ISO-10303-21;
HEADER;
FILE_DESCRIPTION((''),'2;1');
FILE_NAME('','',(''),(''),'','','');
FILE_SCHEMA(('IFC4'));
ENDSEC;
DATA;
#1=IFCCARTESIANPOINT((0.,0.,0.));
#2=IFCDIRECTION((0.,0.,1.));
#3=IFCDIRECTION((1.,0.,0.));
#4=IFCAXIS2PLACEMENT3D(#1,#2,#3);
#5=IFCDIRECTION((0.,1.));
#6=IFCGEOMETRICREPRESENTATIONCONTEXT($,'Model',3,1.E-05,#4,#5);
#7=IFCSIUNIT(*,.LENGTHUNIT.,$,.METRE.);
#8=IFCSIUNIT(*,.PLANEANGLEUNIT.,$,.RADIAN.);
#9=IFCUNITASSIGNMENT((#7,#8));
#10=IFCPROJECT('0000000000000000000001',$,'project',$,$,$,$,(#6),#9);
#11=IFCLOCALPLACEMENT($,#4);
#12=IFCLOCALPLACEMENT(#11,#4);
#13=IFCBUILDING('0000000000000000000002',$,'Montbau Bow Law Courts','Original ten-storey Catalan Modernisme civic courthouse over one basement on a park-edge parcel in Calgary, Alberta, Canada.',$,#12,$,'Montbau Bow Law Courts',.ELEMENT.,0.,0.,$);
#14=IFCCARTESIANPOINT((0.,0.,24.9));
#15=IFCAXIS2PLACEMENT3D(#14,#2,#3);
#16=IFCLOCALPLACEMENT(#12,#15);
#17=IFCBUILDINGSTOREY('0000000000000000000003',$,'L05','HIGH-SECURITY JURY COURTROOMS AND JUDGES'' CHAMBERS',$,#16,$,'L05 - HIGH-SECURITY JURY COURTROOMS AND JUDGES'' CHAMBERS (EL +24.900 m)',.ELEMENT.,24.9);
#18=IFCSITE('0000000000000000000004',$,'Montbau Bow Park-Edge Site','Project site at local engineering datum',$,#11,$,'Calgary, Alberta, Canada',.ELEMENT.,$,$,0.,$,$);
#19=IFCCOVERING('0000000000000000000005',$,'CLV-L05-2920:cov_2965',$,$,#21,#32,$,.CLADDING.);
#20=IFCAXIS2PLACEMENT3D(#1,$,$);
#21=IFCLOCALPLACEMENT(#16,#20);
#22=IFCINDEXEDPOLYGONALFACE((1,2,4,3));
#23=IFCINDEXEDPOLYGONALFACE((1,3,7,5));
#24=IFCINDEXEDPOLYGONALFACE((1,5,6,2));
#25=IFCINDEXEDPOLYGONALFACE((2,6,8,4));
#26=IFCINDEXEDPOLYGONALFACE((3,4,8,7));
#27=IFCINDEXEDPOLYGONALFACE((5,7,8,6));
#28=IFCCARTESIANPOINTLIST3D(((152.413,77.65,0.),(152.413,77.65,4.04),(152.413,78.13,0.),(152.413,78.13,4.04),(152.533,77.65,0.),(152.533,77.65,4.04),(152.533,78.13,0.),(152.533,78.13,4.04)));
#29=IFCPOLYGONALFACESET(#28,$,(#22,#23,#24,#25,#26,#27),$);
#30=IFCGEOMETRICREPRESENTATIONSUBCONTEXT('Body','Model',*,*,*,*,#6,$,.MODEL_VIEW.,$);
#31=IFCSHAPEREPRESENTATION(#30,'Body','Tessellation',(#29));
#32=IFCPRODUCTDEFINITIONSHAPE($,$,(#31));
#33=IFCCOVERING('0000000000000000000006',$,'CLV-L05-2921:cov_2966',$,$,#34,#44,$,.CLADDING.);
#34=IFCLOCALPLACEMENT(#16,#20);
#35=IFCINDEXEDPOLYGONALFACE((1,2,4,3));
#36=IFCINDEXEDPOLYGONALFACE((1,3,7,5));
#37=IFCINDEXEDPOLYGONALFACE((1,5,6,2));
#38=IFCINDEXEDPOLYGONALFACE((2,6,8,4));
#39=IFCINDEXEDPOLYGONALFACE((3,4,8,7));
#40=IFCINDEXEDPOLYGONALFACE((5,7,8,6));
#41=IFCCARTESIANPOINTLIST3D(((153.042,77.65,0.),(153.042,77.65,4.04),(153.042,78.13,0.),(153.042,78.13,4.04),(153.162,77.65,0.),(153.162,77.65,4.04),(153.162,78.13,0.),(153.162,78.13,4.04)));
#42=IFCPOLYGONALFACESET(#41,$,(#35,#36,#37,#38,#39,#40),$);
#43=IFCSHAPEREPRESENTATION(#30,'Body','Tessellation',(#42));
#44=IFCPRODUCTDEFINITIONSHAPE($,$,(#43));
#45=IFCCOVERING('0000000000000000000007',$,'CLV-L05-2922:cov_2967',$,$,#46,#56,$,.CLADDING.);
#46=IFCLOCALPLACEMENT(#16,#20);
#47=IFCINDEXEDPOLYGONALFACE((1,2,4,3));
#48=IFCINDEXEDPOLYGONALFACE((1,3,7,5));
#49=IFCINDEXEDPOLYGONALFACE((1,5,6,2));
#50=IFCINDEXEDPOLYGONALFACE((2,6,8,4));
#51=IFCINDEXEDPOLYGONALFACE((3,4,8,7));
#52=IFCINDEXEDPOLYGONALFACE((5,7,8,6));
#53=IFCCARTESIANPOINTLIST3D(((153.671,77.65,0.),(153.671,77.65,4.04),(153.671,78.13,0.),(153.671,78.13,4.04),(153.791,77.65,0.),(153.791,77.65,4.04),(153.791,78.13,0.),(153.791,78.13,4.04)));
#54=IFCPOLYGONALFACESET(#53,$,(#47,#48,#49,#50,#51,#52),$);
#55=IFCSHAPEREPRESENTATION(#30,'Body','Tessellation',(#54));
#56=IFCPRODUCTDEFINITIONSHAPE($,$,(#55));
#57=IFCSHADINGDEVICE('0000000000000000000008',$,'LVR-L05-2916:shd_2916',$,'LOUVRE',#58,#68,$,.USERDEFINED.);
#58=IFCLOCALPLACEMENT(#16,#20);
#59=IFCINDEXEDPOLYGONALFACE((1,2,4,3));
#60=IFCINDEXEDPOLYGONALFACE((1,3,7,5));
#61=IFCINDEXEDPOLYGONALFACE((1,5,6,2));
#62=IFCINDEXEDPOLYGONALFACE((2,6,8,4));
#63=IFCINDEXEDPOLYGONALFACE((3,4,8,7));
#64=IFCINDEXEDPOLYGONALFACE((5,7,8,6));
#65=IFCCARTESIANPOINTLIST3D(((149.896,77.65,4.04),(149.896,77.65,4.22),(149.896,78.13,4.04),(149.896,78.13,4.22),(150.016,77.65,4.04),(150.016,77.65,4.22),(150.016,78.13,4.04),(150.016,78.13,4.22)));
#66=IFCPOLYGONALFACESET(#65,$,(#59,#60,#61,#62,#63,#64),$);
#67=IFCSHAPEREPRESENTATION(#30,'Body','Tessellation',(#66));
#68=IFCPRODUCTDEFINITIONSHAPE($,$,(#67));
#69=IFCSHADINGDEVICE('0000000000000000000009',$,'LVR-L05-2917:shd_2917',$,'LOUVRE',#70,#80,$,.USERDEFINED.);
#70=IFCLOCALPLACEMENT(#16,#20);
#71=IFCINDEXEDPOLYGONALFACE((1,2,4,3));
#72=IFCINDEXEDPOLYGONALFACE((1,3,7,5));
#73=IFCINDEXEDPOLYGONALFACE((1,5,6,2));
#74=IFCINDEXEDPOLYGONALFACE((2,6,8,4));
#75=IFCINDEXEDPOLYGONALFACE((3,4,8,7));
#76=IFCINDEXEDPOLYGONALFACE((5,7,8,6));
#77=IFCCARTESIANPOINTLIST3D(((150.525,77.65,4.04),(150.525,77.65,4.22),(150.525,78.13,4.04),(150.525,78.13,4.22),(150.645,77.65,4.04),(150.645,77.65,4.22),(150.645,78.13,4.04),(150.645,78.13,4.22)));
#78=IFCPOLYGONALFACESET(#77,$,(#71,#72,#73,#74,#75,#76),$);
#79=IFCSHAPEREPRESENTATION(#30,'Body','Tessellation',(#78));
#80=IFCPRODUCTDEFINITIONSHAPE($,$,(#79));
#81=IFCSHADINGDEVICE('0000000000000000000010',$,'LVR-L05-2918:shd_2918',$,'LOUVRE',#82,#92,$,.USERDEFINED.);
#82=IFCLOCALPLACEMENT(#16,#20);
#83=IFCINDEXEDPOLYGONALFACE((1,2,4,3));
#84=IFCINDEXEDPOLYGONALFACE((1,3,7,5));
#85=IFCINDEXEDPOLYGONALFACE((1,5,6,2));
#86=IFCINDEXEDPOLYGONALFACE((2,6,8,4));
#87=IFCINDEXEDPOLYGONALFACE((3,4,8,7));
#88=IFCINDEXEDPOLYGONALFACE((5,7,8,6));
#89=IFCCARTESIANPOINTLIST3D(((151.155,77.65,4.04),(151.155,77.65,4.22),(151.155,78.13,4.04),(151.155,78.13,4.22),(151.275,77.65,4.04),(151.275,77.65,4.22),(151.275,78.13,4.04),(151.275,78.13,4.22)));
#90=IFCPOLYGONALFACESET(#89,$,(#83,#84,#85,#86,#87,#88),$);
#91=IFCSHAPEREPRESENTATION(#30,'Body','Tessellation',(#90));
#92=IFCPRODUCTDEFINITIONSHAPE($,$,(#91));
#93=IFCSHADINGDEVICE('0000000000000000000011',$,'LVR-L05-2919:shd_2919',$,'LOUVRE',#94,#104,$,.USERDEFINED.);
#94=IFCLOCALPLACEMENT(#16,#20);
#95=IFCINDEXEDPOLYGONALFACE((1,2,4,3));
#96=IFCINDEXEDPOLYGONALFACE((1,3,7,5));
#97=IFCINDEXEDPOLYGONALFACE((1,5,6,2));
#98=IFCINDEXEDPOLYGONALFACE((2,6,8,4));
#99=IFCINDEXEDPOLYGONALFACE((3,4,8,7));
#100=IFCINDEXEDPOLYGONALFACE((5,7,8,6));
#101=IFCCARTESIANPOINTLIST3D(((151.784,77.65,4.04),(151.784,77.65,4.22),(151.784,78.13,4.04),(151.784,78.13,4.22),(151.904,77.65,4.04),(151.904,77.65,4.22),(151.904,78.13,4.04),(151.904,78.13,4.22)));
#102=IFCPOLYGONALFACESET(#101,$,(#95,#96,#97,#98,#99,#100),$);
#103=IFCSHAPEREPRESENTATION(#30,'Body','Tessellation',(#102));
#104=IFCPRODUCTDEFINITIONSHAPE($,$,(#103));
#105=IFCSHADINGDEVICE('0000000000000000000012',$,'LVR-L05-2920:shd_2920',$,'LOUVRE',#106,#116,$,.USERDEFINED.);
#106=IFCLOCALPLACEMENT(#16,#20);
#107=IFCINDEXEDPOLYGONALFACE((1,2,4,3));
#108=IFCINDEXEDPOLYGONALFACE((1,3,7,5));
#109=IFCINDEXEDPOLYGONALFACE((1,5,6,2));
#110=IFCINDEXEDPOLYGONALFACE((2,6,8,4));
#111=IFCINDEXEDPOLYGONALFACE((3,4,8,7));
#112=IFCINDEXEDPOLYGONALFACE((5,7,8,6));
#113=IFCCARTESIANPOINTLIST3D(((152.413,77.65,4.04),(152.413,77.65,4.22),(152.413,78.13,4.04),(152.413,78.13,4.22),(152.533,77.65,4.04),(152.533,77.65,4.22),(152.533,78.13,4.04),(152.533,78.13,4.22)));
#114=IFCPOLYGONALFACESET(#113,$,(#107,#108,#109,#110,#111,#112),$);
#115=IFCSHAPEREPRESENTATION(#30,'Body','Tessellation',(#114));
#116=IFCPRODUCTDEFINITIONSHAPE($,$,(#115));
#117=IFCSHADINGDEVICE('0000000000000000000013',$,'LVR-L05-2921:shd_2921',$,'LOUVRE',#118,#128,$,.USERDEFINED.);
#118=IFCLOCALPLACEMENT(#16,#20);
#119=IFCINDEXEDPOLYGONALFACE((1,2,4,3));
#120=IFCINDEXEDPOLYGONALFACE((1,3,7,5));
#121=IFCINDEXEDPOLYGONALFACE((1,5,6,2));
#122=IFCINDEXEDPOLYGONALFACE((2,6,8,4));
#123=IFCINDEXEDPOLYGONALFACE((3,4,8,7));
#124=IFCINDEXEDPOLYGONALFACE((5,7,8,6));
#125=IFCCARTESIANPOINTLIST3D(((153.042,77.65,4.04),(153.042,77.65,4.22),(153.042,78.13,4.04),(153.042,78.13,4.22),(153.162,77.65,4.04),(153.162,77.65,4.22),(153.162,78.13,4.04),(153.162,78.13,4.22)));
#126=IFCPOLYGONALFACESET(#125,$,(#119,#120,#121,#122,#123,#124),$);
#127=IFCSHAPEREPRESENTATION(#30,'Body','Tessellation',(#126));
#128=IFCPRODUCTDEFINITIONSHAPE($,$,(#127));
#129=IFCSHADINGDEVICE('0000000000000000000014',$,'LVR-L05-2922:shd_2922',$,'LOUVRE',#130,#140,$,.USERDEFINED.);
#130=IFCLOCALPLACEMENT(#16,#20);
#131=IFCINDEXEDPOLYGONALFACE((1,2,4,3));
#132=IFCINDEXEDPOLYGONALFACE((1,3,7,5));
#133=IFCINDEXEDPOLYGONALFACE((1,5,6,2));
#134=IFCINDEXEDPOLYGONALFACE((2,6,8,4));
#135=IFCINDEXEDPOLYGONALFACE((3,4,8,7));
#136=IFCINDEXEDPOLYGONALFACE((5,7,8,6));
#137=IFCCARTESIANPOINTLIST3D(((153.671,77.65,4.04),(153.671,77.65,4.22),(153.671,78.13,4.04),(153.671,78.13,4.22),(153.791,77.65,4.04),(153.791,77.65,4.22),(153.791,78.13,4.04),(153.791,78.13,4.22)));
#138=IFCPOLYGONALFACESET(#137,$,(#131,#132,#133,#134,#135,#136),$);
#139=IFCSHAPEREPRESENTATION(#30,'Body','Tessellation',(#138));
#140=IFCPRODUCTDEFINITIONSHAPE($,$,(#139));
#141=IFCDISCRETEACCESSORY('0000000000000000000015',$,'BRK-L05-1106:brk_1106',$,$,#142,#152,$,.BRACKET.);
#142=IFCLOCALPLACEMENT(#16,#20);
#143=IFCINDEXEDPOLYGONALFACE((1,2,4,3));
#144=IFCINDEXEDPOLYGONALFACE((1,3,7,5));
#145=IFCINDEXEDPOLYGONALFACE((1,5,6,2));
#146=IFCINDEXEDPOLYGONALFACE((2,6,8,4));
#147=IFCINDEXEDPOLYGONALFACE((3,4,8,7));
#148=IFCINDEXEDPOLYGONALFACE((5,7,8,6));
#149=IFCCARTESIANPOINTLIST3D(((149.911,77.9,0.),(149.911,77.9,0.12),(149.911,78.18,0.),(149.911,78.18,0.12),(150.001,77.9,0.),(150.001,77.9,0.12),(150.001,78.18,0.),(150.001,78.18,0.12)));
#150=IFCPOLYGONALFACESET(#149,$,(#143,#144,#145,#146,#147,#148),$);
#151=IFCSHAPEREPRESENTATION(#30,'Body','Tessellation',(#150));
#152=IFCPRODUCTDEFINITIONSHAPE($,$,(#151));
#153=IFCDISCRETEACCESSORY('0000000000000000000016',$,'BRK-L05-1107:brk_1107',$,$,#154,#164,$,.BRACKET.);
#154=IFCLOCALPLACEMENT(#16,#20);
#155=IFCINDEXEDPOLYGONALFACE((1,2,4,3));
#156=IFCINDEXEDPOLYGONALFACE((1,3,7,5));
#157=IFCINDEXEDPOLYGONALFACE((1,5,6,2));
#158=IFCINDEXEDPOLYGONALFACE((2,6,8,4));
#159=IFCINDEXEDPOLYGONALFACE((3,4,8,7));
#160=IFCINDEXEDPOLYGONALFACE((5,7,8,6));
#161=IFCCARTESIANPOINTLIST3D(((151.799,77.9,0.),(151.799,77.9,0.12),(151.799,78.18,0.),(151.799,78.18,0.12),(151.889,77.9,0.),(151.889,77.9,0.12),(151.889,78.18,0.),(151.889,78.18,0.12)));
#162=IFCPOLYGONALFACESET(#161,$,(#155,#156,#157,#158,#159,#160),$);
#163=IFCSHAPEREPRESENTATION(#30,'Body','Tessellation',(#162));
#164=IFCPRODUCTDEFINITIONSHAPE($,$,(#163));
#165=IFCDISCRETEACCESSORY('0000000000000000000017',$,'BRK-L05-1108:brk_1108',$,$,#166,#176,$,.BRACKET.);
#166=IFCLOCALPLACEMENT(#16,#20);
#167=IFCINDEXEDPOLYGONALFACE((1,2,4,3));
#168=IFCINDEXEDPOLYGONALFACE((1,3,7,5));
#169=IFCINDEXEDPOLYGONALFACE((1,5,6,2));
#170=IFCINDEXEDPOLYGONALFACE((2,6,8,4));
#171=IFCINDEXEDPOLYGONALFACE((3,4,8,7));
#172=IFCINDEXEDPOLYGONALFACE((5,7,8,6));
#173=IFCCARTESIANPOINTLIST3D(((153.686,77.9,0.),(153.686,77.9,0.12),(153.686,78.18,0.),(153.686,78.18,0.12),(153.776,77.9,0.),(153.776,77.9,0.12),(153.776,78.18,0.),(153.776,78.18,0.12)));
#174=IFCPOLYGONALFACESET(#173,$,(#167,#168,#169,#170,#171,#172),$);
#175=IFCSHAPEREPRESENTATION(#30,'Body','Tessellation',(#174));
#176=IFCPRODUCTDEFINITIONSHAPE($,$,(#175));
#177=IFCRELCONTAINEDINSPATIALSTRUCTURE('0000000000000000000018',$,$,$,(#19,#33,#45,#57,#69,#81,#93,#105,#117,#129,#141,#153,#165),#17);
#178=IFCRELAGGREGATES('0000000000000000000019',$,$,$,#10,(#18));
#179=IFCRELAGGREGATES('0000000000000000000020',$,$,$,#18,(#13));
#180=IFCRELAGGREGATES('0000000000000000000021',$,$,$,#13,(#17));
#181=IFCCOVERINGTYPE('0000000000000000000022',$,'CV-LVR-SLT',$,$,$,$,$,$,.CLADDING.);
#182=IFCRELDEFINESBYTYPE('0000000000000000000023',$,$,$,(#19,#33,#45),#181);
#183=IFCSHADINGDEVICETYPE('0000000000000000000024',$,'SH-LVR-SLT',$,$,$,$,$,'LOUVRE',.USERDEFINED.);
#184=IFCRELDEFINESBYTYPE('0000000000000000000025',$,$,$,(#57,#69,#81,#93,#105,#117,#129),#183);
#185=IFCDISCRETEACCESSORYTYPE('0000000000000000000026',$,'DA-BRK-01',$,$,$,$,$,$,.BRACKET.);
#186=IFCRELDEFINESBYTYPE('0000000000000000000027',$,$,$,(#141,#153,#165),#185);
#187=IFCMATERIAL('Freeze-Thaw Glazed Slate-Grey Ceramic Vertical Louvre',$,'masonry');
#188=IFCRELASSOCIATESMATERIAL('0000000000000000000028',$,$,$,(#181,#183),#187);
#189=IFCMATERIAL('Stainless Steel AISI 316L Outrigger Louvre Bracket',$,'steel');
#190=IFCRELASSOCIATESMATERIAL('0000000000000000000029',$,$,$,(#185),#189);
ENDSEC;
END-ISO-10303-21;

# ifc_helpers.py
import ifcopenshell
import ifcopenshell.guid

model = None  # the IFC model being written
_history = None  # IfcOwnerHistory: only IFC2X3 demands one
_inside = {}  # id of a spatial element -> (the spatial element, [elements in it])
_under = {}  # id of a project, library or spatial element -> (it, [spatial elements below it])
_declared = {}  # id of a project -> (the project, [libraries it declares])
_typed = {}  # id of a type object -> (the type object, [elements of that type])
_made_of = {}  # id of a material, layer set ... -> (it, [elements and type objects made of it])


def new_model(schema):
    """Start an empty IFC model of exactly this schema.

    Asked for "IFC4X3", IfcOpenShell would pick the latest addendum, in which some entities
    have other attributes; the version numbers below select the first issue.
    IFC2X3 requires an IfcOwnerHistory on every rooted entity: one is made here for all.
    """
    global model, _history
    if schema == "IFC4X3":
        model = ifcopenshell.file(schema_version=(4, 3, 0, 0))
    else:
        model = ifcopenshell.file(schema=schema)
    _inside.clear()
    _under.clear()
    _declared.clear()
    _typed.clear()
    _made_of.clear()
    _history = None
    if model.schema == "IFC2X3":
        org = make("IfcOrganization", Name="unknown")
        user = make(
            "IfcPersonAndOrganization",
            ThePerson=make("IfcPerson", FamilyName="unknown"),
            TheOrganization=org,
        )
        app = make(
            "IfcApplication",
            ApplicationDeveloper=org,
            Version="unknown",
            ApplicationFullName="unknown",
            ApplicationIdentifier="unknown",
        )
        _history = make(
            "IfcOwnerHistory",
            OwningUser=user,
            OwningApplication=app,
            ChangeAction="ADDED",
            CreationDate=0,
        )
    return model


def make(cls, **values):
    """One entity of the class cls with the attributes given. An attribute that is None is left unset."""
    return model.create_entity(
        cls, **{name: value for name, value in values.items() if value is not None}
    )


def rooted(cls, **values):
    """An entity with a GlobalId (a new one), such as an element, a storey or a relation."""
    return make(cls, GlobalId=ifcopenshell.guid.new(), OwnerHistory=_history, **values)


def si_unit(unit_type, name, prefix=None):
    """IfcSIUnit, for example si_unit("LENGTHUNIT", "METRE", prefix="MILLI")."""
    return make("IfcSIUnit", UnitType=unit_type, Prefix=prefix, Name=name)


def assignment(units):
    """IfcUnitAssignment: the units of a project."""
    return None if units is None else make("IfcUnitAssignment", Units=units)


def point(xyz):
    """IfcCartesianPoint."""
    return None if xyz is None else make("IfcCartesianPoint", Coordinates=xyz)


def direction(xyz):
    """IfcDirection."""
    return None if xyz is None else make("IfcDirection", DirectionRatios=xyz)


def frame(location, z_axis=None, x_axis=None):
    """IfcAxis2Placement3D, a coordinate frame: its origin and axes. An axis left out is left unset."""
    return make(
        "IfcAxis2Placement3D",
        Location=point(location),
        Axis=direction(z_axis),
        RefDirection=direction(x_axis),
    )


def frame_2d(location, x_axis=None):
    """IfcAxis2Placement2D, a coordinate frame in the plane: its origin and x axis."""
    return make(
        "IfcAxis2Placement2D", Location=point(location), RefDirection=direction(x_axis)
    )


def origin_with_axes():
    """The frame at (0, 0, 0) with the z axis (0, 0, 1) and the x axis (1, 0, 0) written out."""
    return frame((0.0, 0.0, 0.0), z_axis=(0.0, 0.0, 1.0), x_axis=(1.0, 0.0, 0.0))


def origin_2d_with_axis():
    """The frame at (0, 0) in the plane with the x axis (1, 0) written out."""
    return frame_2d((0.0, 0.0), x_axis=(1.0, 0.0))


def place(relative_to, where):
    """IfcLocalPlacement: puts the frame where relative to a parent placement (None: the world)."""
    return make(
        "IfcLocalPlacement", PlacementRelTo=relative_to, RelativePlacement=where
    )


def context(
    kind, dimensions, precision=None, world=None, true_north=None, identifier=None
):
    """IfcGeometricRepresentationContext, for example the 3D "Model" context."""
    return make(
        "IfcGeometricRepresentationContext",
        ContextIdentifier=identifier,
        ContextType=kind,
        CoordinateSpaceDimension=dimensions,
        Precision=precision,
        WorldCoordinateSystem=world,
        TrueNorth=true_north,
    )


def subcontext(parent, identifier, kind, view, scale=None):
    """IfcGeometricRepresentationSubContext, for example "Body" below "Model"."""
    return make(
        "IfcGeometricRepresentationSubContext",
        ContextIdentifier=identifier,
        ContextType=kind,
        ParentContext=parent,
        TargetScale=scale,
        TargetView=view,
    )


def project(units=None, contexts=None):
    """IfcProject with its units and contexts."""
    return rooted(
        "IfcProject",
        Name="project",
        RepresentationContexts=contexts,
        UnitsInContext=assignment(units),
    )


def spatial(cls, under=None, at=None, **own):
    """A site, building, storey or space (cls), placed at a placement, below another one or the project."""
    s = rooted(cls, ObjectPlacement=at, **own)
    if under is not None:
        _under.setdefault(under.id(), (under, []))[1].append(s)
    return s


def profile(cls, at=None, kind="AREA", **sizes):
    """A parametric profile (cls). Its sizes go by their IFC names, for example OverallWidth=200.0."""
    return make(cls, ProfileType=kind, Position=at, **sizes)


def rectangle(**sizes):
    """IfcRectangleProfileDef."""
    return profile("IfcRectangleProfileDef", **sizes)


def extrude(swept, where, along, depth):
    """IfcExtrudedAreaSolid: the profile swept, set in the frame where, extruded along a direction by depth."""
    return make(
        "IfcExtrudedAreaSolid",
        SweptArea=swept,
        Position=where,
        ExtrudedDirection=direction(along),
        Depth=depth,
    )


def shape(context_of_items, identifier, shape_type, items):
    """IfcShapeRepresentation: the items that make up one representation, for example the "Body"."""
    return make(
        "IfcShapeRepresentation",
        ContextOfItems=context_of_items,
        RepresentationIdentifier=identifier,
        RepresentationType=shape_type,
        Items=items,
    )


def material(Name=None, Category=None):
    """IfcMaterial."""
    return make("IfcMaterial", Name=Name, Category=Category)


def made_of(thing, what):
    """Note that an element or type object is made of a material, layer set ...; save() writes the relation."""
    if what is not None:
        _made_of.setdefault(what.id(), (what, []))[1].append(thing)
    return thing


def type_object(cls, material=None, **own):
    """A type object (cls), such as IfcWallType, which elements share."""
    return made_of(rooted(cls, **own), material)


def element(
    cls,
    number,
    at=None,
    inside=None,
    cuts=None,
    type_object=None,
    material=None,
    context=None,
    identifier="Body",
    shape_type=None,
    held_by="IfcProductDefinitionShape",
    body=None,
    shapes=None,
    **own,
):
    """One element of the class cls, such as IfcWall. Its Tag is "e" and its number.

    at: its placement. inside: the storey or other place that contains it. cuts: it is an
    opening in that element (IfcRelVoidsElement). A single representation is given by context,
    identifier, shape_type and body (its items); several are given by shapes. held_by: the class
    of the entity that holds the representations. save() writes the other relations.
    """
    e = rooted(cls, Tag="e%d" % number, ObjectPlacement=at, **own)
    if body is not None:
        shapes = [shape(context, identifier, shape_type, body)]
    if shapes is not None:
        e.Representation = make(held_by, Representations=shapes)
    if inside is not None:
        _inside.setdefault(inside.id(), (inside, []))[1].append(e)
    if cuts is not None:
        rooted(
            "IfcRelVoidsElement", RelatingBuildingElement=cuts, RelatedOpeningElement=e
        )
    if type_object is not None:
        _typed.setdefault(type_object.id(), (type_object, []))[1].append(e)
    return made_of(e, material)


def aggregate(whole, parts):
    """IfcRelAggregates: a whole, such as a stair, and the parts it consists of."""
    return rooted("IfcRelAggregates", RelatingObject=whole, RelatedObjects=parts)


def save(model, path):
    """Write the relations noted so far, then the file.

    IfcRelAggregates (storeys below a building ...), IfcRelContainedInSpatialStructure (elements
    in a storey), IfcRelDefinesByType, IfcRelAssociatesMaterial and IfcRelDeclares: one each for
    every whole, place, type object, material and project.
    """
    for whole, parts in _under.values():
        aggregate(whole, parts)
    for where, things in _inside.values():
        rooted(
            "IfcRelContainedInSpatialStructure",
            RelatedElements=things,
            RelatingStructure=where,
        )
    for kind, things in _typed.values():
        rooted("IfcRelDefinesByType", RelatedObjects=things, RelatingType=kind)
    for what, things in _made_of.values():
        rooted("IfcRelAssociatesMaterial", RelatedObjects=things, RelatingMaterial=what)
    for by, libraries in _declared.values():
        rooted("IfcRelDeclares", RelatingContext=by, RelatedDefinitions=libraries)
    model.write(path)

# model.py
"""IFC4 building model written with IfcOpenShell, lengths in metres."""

from ifc_helpers import new_model, si_unit, direction, frame, frame_2d, origin_with_axes, origin_2d_with_axis, place, context, subcontext, project, spatial, rectangle, extrude, material, type_object, element, save


model = new_model("IFC4")

# Units and contexts
model_context = context("Model", 3, precision=1e-05, world=origin_with_axes(), true_north=direction((0.0, 1.0)))
body_context = subcontext(model_context, "Body", "Model", "MODEL_VIEW")
ifc_project = project(units=[si_unit("LENGTHUNIT", "METRE"), si_unit("PLANEANGLEUNIT", "RADIAN")], contexts=[model_context])

# Site, building, storey
site_placement = place(None, origin_with_axes())
site = spatial("IfcSite", under=ifc_project, at=site_placement, Name="Montbau Bow Park-Edge Site", Description="Project site at local engineering datum", LongName="Calgary, Alberta, Canada", CompositionType="ELEMENT", RefElevation=0.0)
building_placement = place(site_placement, origin_with_axes())
building = spatial("IfcBuilding", under=site, at=building_placement, Name="Montbau Bow Law Courts", Description="Original ten-storey Catalan Modernisme civic courthouse over one basement on a park-edge parcel in Calgary, Alberta, Canada.", LongName="Montbau Bow Law Courts", CompositionType="ELEMENT", ElevationOfRefHeight=0.0, ElevationOfTerrain=0.0)
storey_placement = place(building_placement, frame((0.0, 0.0, 24.9), z_axis=(0.0, 0.0, 1.0), x_axis=(1.0, 0.0, 0.0)))
storey = spatial("IfcBuildingStorey", under=building, at=storey_placement, Name="L05", Description="HIGH-SECURITY JURY COURTROOMS AND JUDGES' CHAMBERS", LongName="L05 - HIGH-SECURITY JURY COURTROOMS AND JUDGES' CHAMBERS (EL +24.900 m)", CompositionType="ELEMENT", Elevation=24.9)

# Coverings
ifc_material_1 = material(Name="Freeze-Thaw Glazed Slate-Grey Ceramic Vertical Louvre", Category="masonry")
covering_type = type_object("IfcCoveringType", Name="CV-LVR-SLT", PredefinedType="CLADDING", material=ifc_material_1)
for number, where, z_axis, x_axis, name in (
    (1, (152.473, 78.13, 24.9), (-1.0, 0.0, 0.0), (0.0, -1.0, 0.0), "CLV-L05-2920:cov_2965"),
    (2, (153.102, 78.13, 24.9), (-1.0, 0.0, 0.0), (0.0, -1.0, 0.0), "CLV-L05-2921:cov_2966"),
    (3, (153.731, 78.13, 24.9), (-1.0, 0.0, 0.0), (0.0, -1.0, 0.0), "CLV-L05-2922:cov_2967"),
):
    element("IfcCovering", number, at=place(None, frame(where, z_axis=z_axis, x_axis=x_axis)), inside=storey, type_object=covering_type, Name=name, PredefinedType="CLADDING", context=body_context, shape_type="SweptSolid", body=[
        extrude(rectangle(XDim=0.48, YDim=4.04, at=frame_2d((0.24, 2.02), x_axis=(1.0, 0.0))), frame((0.0, 0.0, -0.06), z_axis=(0.0, 0.0, 1.0), x_axis=(1.0, 0.0, 0.0)), (0.0, 0.0, 1.0), 0.12),
    ])

# Shading devices
shading_device_type = type_object("IfcShadingDeviceType", Name="SH-LVR-SLT", ElementType="LOUVRE", PredefinedType="USERDEFINED", material=ifc_material_1)
for number, where, z_axis, x_axis, name in (
    (4, (149.956, 77.89, 28.94), (0.0, 0.0, 1.0), (0.0, -1.0, 0.0), "LVR-L05-2916:shd_2916"),
    (5, (150.585, 77.89, 28.94), (0.0, 0.0, 1.0), (0.0, -1.0, 0.0), "LVR-L05-2917:shd_2917"),
    (6, (151.215, 77.89, 28.94), (0.0, 0.0, 1.0), (0.0, -1.0, 0.0), "LVR-L05-2918:shd_2918"),
    (7, (151.844, 77.89, 28.94), (0.0, 0.0, 1.0), (0.0, -1.0, 0.0), "LVR-L05-2919:shd_2919"),
    (8, (152.473, 77.89, 28.94), (0.0, 0.0, 1.0), (0.0, -1.0, 0.0), "LVR-L05-2920:shd_2920"),
    (9, (153.102, 77.89, 28.94), (0.0, 0.0, 1.0), (0.0, -1.0, 0.0), "LVR-L05-2921:shd_2921"),
    (10, (153.731, 77.89, 28.94), (0.0, 0.0, 1.0), (0.0, -1.0, 0.0), "LVR-L05-2922:shd_2922"),
):
    element("IfcShadingDevice", number, at=place(None, frame(where, z_axis=z_axis, x_axis=x_axis)), inside=storey, type_object=shading_device_type, Name=name, ObjectType="LOUVRE", PredefinedType="USERDEFINED", context=body_context, shape_type="SweptSolid", body=[
        extrude(rectangle(XDim=0.48, YDim=0.12, at=origin_2d_with_axis()), origin_with_axes(), (0.0, 0.0, 1.0), 0.18),
    ])

# Discrete accessories
ifc_material_2 = material(Name="Stainless Steel AISI 316L Outrigger Louvre Bracket", Category="steel")
discrete_accessory_type = type_object("IfcDiscreteAccessoryType", Name="DA-BRK-01", PredefinedType="BRACKET", material=ifc_material_2)
for number, where, z_axis, x_axis, name in (
    (11, (149.956, 78.04, 24.9), (0.0, 0.0, 1.0), (0.0, -1.0, 0.0), "BRK-L05-1106:brk_1106"),
    (12, (151.844, 78.04, 24.9), (0.0, 0.0, 1.0), (0.0, -1.0, 0.0), "BRK-L05-1107:brk_1107"),
    (13, (153.731, 78.04, 24.9), (0.0, 0.0, 1.0), (0.0, -1.0, 0.0), "BRK-L05-1108:brk_1108"),
):
    element("IfcDiscreteAccessory", number, at=place(None, frame(where, z_axis=z_axis, x_axis=x_axis)), inside=storey, type_object=discrete_accessory_type, Name=name, PredefinedType="BRACKET", context=body_context, shape_type="SweptSolid", body=[
        extrude(rectangle(XDim=0.28, YDim=0.09, at=origin_2d_with_axis()), origin_with_axes(), (0.0, 0.0, 1.0), 0.12),
    ])

save(model, "model.ifc")
